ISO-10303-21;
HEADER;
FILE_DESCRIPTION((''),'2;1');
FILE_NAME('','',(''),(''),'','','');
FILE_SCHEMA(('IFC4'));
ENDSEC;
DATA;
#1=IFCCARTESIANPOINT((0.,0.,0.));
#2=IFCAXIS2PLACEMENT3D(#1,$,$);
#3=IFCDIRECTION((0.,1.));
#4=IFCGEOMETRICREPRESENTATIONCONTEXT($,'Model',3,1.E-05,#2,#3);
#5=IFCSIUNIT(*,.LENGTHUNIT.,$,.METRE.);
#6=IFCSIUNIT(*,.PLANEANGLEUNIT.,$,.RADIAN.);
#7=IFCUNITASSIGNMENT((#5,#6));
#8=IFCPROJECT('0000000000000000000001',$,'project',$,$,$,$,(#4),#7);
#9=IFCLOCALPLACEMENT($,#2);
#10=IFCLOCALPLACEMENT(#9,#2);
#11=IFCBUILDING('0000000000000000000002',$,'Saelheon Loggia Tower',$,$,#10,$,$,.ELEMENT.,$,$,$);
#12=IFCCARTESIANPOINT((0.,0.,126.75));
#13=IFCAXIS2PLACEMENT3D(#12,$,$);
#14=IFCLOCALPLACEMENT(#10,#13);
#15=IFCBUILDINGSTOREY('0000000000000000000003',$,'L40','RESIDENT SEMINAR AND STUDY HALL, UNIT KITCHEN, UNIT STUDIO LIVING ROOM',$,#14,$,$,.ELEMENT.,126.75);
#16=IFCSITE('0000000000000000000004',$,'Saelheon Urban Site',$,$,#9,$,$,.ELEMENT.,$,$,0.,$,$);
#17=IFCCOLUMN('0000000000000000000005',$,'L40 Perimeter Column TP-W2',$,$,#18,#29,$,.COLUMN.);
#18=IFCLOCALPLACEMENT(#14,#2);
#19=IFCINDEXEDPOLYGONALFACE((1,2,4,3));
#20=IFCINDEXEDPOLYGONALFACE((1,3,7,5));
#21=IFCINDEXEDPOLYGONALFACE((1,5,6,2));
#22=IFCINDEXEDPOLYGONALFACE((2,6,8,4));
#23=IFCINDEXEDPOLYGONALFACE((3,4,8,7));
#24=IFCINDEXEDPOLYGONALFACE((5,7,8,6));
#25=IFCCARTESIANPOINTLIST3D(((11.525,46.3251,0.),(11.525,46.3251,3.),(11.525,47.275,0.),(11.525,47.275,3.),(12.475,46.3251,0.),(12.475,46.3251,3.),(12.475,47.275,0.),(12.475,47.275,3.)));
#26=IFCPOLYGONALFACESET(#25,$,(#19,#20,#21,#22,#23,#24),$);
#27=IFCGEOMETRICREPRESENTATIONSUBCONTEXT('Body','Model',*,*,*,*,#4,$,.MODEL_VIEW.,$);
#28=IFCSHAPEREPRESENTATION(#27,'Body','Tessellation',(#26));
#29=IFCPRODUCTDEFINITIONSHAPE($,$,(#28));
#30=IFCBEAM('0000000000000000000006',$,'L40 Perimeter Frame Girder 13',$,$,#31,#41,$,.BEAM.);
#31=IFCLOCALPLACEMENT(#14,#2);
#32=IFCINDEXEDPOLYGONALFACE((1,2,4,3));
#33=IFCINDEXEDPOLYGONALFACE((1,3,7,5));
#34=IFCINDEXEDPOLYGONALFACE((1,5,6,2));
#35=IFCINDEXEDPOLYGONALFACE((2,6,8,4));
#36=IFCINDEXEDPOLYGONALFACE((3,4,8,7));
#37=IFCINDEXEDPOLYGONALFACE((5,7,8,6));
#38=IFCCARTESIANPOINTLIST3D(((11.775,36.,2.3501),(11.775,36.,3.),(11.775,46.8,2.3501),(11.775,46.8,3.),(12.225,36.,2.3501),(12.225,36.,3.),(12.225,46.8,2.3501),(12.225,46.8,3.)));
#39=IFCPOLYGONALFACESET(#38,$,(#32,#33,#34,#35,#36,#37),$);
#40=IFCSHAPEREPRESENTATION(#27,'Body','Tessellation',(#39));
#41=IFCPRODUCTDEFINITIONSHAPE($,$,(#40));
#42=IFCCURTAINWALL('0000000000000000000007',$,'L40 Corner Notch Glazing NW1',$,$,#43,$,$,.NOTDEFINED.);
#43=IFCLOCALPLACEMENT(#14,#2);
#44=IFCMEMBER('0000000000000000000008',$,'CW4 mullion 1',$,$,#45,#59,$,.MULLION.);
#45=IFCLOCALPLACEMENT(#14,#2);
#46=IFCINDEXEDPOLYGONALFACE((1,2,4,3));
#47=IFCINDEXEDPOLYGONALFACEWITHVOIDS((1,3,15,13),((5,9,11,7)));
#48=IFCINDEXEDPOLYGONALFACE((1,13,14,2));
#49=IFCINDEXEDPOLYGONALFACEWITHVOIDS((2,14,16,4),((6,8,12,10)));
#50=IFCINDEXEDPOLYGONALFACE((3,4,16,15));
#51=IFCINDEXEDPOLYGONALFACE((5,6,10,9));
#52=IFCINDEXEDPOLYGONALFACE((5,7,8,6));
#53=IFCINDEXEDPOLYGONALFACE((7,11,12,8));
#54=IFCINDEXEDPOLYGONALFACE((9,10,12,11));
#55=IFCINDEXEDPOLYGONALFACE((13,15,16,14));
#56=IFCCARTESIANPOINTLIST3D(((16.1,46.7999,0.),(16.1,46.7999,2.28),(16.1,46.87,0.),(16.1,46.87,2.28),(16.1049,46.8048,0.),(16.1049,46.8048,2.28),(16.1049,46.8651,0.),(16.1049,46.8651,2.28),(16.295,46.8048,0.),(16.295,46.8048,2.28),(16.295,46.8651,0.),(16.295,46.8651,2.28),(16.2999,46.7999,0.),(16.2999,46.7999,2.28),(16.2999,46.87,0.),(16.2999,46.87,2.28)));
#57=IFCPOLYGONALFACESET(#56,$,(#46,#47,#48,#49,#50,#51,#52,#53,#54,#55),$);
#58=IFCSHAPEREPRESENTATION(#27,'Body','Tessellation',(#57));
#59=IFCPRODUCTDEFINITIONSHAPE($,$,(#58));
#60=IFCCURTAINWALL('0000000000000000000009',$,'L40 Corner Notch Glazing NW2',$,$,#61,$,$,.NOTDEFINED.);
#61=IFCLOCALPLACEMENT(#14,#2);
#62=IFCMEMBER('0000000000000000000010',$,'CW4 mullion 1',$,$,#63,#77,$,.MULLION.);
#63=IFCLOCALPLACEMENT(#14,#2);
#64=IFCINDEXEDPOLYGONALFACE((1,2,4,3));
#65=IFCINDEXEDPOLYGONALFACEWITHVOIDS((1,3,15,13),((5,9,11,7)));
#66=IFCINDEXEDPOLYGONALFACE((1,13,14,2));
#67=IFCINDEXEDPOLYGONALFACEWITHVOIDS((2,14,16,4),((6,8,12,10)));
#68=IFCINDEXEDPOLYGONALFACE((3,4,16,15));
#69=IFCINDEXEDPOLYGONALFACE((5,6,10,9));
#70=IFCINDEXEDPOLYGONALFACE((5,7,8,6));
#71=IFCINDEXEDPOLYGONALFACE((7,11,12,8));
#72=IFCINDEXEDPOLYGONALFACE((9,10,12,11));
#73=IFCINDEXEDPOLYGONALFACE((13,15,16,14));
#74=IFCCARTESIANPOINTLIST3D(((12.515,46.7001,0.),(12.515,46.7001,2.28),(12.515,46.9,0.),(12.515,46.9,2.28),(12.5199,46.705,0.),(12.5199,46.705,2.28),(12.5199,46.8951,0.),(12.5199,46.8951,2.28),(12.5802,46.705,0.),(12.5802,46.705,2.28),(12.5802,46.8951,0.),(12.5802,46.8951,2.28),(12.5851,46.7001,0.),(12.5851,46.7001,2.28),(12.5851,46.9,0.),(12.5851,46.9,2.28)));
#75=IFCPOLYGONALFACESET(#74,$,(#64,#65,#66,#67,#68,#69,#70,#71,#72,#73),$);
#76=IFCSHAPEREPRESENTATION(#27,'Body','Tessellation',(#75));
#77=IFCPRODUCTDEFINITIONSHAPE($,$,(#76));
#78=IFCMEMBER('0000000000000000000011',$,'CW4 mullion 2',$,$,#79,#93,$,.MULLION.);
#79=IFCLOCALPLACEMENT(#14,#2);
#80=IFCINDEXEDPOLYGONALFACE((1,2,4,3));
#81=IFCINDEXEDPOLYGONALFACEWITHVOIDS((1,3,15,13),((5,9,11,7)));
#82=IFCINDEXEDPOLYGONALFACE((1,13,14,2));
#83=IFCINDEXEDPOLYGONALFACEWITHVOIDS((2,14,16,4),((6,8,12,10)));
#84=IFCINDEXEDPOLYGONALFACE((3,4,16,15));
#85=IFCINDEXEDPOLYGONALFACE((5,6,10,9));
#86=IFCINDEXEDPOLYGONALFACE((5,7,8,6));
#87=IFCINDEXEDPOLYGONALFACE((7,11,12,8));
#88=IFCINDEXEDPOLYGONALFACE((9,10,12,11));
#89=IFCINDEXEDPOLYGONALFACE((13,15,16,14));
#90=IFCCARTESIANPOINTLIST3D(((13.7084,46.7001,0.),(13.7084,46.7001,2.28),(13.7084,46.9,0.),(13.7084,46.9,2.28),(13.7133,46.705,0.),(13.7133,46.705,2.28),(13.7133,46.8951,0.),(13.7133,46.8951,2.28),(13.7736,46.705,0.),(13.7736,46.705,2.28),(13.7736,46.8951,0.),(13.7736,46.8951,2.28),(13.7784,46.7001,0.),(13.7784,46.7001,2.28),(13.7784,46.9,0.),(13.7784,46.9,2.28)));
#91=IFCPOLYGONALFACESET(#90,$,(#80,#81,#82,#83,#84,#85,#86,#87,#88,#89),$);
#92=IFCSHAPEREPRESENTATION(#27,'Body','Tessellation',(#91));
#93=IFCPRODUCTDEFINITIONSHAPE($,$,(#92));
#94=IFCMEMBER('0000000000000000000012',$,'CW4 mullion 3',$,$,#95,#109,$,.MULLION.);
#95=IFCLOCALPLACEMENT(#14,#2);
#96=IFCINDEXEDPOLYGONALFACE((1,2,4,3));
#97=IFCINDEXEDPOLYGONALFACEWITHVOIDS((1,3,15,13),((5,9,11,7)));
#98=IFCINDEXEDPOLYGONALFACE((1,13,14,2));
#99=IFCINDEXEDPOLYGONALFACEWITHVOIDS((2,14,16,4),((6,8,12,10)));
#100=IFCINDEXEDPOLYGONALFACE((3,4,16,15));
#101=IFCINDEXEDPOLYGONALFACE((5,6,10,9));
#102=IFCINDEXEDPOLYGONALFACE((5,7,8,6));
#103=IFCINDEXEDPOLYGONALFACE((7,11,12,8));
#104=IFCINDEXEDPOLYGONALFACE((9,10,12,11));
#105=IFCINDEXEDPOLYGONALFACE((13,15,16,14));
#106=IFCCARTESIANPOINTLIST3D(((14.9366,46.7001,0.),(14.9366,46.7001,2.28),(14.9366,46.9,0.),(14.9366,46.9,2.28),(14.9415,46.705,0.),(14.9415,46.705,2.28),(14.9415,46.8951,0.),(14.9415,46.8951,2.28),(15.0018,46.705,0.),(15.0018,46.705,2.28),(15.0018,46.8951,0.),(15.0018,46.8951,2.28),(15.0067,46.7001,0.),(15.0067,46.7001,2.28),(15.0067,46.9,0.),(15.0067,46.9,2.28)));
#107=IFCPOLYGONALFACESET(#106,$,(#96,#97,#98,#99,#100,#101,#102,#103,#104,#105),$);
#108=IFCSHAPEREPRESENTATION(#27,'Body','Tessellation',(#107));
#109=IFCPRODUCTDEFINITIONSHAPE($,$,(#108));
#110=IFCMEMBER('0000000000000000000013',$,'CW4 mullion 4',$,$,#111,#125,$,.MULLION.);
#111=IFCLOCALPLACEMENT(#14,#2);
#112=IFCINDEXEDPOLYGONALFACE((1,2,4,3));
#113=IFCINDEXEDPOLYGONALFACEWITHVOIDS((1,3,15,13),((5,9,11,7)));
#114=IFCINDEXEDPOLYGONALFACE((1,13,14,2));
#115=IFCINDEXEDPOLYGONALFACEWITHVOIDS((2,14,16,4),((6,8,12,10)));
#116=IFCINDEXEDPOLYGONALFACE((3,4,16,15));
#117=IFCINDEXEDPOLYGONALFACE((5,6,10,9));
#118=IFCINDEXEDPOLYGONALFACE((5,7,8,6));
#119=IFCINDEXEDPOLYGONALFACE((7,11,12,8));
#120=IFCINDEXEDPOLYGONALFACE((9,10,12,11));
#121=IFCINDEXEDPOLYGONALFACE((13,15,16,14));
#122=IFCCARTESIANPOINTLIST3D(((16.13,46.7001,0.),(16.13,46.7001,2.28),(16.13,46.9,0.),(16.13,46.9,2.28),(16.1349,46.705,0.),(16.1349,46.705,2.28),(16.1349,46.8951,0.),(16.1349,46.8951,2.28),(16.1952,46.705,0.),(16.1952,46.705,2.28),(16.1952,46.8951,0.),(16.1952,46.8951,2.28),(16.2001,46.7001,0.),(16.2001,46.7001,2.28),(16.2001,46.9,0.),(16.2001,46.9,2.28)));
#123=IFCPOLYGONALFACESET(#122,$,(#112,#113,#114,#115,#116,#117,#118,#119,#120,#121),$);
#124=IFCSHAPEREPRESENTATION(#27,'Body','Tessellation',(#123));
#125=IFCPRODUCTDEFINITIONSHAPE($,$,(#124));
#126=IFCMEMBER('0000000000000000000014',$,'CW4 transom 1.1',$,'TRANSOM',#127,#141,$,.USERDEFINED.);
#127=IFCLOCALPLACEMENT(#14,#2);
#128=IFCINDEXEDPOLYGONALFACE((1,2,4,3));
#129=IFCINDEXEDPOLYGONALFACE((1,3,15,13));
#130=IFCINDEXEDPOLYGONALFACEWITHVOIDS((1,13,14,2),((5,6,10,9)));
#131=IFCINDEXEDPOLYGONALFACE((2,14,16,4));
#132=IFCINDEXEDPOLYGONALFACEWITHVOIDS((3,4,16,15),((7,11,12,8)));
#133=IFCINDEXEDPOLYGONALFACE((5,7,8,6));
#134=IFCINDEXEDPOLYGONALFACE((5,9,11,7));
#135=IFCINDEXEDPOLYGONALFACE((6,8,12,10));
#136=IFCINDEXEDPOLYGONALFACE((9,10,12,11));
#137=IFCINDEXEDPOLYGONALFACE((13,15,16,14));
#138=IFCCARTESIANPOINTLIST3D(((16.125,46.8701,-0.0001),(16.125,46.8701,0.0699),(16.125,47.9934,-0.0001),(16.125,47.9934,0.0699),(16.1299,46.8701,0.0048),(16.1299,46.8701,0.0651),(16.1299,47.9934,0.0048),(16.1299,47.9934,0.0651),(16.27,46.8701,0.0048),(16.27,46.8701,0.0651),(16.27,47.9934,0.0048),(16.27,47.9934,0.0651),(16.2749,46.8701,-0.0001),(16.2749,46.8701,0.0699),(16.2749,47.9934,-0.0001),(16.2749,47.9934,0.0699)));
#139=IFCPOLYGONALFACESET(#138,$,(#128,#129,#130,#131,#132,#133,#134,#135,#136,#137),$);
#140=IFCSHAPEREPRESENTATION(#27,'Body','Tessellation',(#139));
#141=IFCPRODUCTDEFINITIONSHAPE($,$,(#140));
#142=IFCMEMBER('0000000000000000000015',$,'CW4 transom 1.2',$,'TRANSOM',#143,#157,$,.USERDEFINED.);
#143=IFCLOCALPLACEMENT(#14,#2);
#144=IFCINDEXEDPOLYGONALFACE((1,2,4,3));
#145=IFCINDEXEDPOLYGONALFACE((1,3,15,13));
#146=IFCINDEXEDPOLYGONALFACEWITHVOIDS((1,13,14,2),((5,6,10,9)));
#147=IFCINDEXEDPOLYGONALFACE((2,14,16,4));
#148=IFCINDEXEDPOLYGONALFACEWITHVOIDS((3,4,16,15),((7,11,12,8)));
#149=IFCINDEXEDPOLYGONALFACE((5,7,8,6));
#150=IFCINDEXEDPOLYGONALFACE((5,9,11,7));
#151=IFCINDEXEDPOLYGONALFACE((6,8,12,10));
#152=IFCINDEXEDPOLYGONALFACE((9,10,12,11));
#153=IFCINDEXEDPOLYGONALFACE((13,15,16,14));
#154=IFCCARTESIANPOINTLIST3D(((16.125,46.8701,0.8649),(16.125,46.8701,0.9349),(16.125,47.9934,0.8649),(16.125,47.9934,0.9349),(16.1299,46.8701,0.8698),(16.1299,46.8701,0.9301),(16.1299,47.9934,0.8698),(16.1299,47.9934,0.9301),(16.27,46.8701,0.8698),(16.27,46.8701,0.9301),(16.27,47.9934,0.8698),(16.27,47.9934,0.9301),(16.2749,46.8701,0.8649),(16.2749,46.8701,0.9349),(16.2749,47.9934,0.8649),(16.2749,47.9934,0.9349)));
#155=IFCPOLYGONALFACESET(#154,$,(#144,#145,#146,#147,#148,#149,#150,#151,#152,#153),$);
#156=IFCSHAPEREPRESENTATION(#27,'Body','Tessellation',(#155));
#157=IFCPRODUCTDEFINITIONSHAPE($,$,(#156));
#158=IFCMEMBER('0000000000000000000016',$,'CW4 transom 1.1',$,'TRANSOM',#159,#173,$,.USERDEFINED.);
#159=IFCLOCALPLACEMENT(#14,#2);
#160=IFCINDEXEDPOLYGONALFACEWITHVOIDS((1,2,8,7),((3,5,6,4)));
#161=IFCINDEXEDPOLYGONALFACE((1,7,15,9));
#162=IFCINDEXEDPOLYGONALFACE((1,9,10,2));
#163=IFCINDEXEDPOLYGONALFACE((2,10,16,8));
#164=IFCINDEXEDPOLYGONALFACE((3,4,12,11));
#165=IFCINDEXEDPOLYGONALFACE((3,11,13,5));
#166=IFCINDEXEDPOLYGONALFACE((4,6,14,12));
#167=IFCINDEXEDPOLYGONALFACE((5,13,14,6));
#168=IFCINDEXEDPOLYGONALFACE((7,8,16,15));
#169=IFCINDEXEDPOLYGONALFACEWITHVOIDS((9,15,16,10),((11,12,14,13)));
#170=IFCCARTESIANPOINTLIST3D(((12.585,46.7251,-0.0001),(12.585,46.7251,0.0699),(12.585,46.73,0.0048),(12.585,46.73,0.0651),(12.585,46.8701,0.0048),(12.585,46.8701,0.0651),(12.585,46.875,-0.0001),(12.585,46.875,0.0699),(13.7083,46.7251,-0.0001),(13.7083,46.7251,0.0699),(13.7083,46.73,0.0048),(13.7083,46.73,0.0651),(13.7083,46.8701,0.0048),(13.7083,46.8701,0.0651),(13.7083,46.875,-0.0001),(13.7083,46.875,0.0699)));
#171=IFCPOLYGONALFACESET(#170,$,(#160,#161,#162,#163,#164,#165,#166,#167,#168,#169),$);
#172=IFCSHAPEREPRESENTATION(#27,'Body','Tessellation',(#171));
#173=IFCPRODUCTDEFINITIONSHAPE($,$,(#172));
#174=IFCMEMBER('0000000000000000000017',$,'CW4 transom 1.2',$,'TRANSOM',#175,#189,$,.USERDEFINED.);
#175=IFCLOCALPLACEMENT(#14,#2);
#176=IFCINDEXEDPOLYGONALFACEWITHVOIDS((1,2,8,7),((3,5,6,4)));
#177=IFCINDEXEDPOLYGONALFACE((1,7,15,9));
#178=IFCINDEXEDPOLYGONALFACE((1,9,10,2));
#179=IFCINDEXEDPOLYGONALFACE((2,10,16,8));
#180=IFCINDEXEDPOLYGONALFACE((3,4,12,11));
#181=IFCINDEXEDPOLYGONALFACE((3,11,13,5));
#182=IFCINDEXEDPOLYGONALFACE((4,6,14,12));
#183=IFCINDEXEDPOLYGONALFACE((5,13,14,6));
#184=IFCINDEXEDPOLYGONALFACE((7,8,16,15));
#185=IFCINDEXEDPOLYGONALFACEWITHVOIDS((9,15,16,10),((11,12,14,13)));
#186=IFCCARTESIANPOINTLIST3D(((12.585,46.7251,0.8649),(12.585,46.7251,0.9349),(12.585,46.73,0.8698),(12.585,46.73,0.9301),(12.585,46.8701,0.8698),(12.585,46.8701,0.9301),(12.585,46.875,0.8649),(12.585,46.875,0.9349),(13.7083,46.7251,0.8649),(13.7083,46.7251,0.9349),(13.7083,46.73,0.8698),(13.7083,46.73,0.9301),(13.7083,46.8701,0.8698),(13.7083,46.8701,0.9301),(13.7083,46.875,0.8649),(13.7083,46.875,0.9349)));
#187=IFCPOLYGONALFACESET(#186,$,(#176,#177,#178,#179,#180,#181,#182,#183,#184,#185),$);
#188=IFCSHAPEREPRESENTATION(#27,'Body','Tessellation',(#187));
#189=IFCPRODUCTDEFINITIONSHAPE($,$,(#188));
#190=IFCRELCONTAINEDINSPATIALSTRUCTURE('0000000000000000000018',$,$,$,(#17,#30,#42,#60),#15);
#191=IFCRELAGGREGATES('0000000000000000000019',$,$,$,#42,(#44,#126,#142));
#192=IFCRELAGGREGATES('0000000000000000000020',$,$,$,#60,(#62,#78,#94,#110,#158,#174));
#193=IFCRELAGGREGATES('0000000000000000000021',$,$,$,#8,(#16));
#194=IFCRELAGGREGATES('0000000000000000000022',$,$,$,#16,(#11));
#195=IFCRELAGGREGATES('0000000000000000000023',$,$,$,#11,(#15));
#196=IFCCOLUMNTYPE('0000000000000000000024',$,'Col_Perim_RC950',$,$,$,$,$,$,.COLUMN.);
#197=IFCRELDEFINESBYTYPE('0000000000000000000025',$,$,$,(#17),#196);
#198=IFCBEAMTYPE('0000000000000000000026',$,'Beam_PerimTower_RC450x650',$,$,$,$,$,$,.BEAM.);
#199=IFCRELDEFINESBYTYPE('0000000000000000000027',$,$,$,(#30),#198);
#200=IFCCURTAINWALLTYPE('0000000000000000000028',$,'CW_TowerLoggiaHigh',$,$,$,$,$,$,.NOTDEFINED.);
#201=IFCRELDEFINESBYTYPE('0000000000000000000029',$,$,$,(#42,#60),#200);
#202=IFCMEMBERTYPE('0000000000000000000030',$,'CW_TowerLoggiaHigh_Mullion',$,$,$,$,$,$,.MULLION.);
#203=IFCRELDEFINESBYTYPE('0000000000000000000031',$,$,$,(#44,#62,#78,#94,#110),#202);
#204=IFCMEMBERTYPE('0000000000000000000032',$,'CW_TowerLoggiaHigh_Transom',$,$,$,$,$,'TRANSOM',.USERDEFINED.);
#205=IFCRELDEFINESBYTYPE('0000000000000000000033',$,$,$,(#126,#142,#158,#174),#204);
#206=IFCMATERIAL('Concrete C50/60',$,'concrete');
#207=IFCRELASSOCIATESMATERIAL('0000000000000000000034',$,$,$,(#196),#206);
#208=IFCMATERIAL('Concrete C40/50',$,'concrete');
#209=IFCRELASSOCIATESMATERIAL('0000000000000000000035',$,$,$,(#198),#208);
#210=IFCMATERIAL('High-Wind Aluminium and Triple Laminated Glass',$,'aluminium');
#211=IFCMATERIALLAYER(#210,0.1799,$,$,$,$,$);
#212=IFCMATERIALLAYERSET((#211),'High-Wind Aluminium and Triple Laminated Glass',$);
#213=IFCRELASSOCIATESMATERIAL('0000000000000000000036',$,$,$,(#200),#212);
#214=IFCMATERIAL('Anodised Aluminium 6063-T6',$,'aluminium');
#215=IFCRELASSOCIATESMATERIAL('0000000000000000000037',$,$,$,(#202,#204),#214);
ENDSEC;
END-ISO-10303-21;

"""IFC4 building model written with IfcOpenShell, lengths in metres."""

from ifc_helpers import new_model, si_unit, direction, frame, origin, origin_2d, place, context, subcontext, project, spatial, rectangle, hollow_rectangle, extrude, source, transform, mapped, material, layer, layer_set, material_profile, profile_set, type_object, element, aggregate, save


model = new_model("IFC4")

# Units and contexts
model_context = context("Model", 3, precision=1e-05, world=origin(), true_north=direction((0.0, 1.0)))
body_context = subcontext(model_context, "Body", "Model", "MODEL_VIEW")
ifc_project = project(units=[si_unit("LENGTHUNIT", "METRE"), si_unit("PLANEANGLEUNIT", "RADIAN")], contexts=[model_context])

# Site, building, storey
site_placement = place(None, origin())
site = spatial("IfcSite", under=ifc_project, at=site_placement, Name="Saelheon Urban Site", CompositionType="ELEMENT", RefElevation=0.0)
building_placement = place(site_placement, origin())
building = spatial("IfcBuilding", under=site, at=building_placement, Name="Saelheon Loggia Tower", CompositionType="ELEMENT")
storey_placement = place(building_placement, frame((0.0, 0.0, 126.75)))
storey = spatial("IfcBuildingStorey", under=building, at=storey_placement, Name="L40", Description="RESIDENT SEMINAR AND STUDY HALL, UNIT KITCHEN, UNIT STUDIO LIVING ROOM", CompositionType="ELEMENT", Elevation=126.75)

# Column
ifc_material_1 = material(Name="Concrete C50/60", Category="concrete")
ifc_material_profile_1 = material_profile(ifc_material_1, rectangle(XDim=0.95, YDim=0.95, at=origin_2d()), Name="RC-950x950")
ifc_profile_set_1 = profile_set([ifc_material_profile_1], Name="Concrete C50/60")
column_type = type_object("IfcColumnType", Name="Col_Perim_RC950", PredefinedType="COLUMN", material=ifc_profile_set_1)
shared_shape_1 = source(origin(), body_context, "Body", "SweptSolid", [
    extrude(rectangle(XDim=0.95, YDim=0.95, at=origin_2d()), origin(), (0.0, 0.0, 1.0), 3.0),
])
column_placement = place(storey_placement, frame((12.0, 46.8, 0.0), z_axis=(0.0, 0.0, 1.0), x_axis=(1.0, 0.0, 0.0)))
element("IfcColumn", 1, at=column_placement, inside=storey, type_object=column_type, Name="L40 Perimeter Column TP-W2", PredefinedType="COLUMN", context=body_context, shape_type="MappedRepresentation", body=[
    mapped(shared_shape_1, transform((0.0, 0.0, 0.0), scale=1.0)),
])

# Beam
ifc_material_2 = material(Name="Concrete C40/50", Category="concrete")
ifc_material_profile_2 = material_profile(ifc_material_2, rectangle(XDim=0.45, YDim=0.6499, at=origin_2d()), Name="RC-450x650")
ifc_profile_set_2 = profile_set([ifc_material_profile_2], Name="Concrete C40/50")
beam_type = type_object("IfcBeamType", Name="Beam_PerimTower_RC450x650", PredefinedType="BEAM", material=ifc_profile_set_2)
shared_shape_2 = source(origin(), body_context, "Body", "SweptSolid", [
    extrude(rectangle(XDim=0.45, YDim=0.6499, at=origin_2d()), origin(), (0.0, 0.0, 1.0), 10.8),
])
beam_placement = place(storey_placement, frame((12.0, 46.8, 2.675), z_axis=(0.0, -1.0, 0.0), x_axis=(1.0, 0.0, 0.0)))
element("IfcBeam", 2, at=beam_placement, inside=storey, type_object=beam_type, Name="L40 Perimeter Frame Girder 13", PredefinedType="BEAM", context=body_context, shape_type="MappedRepresentation", body=[
    mapped(shared_shape_2, transform((0.0, 0.0, 0.0), scale=1.0)),
])

# Curtain wall, member
ifc_material_3 = material(Name="High-Wind Aluminium and Triple Laminated Glass", Category="aluminium")
ifc_layer_1 = layer(ifc_material_3, 0.1799)
ifc_layer_set_1 = layer_set([ifc_layer_1], Name="High-Wind Aluminium and Triple Laminated Glass")
curtain_wall_type = type_object("IfcCurtainWallType", Name="CW_TowerLoggiaHigh", PredefinedType="NOTDEFINED", material=ifc_layer_set_1)
curtain_wall_1_placement = place(storey_placement, origin())
curtain_wall_1 = element("IfcCurtainWall", 3, at=curtain_wall_1_placement, inside=storey, type_object=curtain_wall_type, Name="L40 Corner Notch Glazing NW1", PredefinedType="NOTDEFINED")
ifc_material_4 = material(Name="Anodised Aluminium 6063-T6", Category="aluminium")
ifc_material_profile_3 = material_profile(ifc_material_4, hollow_rectangle(XDim=0.0701, YDim=0.2, WallThickness=0.0049, at=origin_2d()), Name="RHS-200x70x5")
ifc_profile_set_3 = profile_set([ifc_material_profile_3], Name="Anodised Aluminium 6063-T6")
member_type_1 = type_object("IfcMemberType", Name="CW_TowerLoggiaHigh_Mullion", PredefinedType="MULLION", material=ifc_profile_set_3)
shared_shape_3 = source(origin(), body_context, "Body", "SweptSolid", [
    extrude(hollow_rectangle(XDim=0.0701, YDim=0.2, WallThickness=0.0049, at=origin_2d()), origin(), (0.0, 0.0, 1.0), 2.28),
])
member_1_placement = place(storey_placement, frame((16.2, 46.835, 0.0), z_axis=(0.0, 0.0, 1.0), x_axis=(0.0, 1.0, 0.0)))
member_1 = element("IfcMember", 4, at=member_1_placement, type_object=member_type_1, Name="CW4 mullion 1", PredefinedType="MULLION", context=body_context, shape_type="MappedRepresentation", body=[
    mapped(shared_shape_3, transform((0.0, 0.0, 0.0), scale=1.0)),
])

# Curtain wall, members
curtain_wall_2_placement = place(storey_placement, origin())
curtain_wall_2 = element("IfcCurtainWall", 5, at=curtain_wall_2_placement, inside=storey, type_object=curtain_wall_type, Name="L40 Corner Notch Glazing NW2", PredefinedType="NOTDEFINED")
member_2_placement = place(storey_placement, frame((12.55, 46.8, 0.0), z_axis=(0.0, 0.0, 1.0), x_axis=(1.0, 0.0, 0.0)))
member_2 = element("IfcMember", 6, at=member_2_placement, type_object=member_type_1, Name="CW4 mullion 1", PredefinedType="MULLION", context=body_context, shape_type="MappedRepresentation", body=[
    mapped(shared_shape_3, transform((0.0, 0.0, 0.0), scale=1.0)),
])
member_3_placement = place(storey_placement, frame((13.7434, 46.8, 0.0), z_axis=(0.0, 0.0, 1.0), x_axis=(1.0, 0.0, 0.0)))
member_3 = element("IfcMember", 7, at=member_3_placement, type_object=member_type_1, Name="CW4 mullion 2", PredefinedType="MULLION", context=body_context, shape_type="MappedRepresentation", body=[
    mapped(shared_shape_3, transform((0.0, 0.0, 0.0), scale=1.0)),
])
member_4_placement = place(storey_placement, frame((14.9717, 46.8, 0.0), z_axis=(0.0, 0.0, 1.0), x_axis=(1.0, 0.0, 0.0)))
member_4 = element("IfcMember", 8, at=member_4_placement, type_object=member_type_1, Name="CW4 mullion 3", PredefinedType="MULLION", context=body_context, shape_type="MappedRepresentation", body=[
    mapped(shared_shape_3, transform((0.0, 0.0, 0.0), scale=1.0)),
])
member_5_placement = place(storey_placement, frame((16.165, 46.8, 0.0), z_axis=(0.0, 0.0, 1.0), x_axis=(1.0, 0.0, 0.0)))
member_5 = element("IfcMember", 9, at=member_5_placement, type_object=member_type_1, Name="CW4 mullion 4", PredefinedType="MULLION", context=body_context, shape_type="MappedRepresentation", body=[
    mapped(shared_shape_3, transform((0.0, 0.0, 0.0), scale=1.0)),
])

# Members
ifc_material_profile_4 = material_profile(ifc_material_4, hollow_rectangle(XDim=0.0701, YDim=0.1499, WallThickness=0.0049, at=origin_2d()), Name="RHS-150x70x5")
ifc_profile_set_4 = profile_set([ifc_material_profile_4], Name="Anodised Aluminium 6063-T6")
member_type_2 = type_object("IfcMemberType", Name="CW_TowerLoggiaHigh_Transom", ElementType="TRANSOM", PredefinedType="USERDEFINED", material=ifc_profile_set_4)
shared_shape_4 = source(origin(), body_context, "Body", "SweptSolid", [
    extrude(hollow_rectangle(XDim=0.0701, YDim=0.1499, WallThickness=0.0049, at=origin_2d()), origin(), (0.0, 0.0, 1.0), 1.1233),
])
member_6_placement = place(storey_placement, frame((16.2, 46.8701, 0.0349), z_axis=(0.0, 1.0, 0.0), x_axis=(0.0, 0.0, 1.0)))
member_6 = element("IfcMember", 10, at=member_6_placement, type_object=member_type_2, Name="CW4 transom 1.1", ObjectType="TRANSOM", PredefinedType="USERDEFINED", context=body_context, shape_type="MappedRepresentation", body=[
    mapped(shared_shape_4, transform((0.0, 0.0, 0.0), scale=1.0)),
])
member_7_placement = place(storey_placement, frame((16.2, 46.8701, 0.8999), z_axis=(0.0, 1.0, 0.0), x_axis=(0.0, 0.0, 1.0)))
member_7 = element("IfcMember", 11, at=member_7_placement, type_object=member_type_2, Name="CW4 transom 1.2", ObjectType="TRANSOM", PredefinedType="USERDEFINED", context=body_context, shape_type="MappedRepresentation", body=[
    mapped(shared_shape_4, transform((0.0, 0.0, 0.0), scale=1.0)),
])
aggregate(curtain_wall_1, [member_1, member_6, member_7])
member_8_placement = place(storey_placement, frame((12.585, 46.8, 0.0349), z_axis=(1.0, 0.0, 0.0), x_axis=(0.0, 0.0, 1.0)))
member_8 = element("IfcMember", 12, at=member_8_placement, type_object=member_type_2, Name="CW4 transom 1.1", ObjectType="TRANSOM", PredefinedType="USERDEFINED", context=body_context, shape_type="MappedRepresentation", body=[
    mapped(shared_shape_4, transform((0.0, 0.0, 0.0), scale=1.0)),
])
member_9_placement = place(storey_placement, frame((12.585, 46.8, 0.8999), z_axis=(1.0, 0.0, 0.0), x_axis=(0.0, 0.0, 1.0)))
member_9 = element("IfcMember", 13, at=member_9_placement, type_object=member_type_2, Name="CW4 transom 1.2", ObjectType="TRANSOM", PredefinedType="USERDEFINED", context=body_context, shape_type="MappedRepresentation", body=[
    mapped(shared_shape_4, transform((0.0, 0.0, 0.0), scale=1.0)),
])

aggregate(curtain_wall_2, [member_2, member_3, member_4, member_5, member_8, member_9])

save(model, "model.ifc")
